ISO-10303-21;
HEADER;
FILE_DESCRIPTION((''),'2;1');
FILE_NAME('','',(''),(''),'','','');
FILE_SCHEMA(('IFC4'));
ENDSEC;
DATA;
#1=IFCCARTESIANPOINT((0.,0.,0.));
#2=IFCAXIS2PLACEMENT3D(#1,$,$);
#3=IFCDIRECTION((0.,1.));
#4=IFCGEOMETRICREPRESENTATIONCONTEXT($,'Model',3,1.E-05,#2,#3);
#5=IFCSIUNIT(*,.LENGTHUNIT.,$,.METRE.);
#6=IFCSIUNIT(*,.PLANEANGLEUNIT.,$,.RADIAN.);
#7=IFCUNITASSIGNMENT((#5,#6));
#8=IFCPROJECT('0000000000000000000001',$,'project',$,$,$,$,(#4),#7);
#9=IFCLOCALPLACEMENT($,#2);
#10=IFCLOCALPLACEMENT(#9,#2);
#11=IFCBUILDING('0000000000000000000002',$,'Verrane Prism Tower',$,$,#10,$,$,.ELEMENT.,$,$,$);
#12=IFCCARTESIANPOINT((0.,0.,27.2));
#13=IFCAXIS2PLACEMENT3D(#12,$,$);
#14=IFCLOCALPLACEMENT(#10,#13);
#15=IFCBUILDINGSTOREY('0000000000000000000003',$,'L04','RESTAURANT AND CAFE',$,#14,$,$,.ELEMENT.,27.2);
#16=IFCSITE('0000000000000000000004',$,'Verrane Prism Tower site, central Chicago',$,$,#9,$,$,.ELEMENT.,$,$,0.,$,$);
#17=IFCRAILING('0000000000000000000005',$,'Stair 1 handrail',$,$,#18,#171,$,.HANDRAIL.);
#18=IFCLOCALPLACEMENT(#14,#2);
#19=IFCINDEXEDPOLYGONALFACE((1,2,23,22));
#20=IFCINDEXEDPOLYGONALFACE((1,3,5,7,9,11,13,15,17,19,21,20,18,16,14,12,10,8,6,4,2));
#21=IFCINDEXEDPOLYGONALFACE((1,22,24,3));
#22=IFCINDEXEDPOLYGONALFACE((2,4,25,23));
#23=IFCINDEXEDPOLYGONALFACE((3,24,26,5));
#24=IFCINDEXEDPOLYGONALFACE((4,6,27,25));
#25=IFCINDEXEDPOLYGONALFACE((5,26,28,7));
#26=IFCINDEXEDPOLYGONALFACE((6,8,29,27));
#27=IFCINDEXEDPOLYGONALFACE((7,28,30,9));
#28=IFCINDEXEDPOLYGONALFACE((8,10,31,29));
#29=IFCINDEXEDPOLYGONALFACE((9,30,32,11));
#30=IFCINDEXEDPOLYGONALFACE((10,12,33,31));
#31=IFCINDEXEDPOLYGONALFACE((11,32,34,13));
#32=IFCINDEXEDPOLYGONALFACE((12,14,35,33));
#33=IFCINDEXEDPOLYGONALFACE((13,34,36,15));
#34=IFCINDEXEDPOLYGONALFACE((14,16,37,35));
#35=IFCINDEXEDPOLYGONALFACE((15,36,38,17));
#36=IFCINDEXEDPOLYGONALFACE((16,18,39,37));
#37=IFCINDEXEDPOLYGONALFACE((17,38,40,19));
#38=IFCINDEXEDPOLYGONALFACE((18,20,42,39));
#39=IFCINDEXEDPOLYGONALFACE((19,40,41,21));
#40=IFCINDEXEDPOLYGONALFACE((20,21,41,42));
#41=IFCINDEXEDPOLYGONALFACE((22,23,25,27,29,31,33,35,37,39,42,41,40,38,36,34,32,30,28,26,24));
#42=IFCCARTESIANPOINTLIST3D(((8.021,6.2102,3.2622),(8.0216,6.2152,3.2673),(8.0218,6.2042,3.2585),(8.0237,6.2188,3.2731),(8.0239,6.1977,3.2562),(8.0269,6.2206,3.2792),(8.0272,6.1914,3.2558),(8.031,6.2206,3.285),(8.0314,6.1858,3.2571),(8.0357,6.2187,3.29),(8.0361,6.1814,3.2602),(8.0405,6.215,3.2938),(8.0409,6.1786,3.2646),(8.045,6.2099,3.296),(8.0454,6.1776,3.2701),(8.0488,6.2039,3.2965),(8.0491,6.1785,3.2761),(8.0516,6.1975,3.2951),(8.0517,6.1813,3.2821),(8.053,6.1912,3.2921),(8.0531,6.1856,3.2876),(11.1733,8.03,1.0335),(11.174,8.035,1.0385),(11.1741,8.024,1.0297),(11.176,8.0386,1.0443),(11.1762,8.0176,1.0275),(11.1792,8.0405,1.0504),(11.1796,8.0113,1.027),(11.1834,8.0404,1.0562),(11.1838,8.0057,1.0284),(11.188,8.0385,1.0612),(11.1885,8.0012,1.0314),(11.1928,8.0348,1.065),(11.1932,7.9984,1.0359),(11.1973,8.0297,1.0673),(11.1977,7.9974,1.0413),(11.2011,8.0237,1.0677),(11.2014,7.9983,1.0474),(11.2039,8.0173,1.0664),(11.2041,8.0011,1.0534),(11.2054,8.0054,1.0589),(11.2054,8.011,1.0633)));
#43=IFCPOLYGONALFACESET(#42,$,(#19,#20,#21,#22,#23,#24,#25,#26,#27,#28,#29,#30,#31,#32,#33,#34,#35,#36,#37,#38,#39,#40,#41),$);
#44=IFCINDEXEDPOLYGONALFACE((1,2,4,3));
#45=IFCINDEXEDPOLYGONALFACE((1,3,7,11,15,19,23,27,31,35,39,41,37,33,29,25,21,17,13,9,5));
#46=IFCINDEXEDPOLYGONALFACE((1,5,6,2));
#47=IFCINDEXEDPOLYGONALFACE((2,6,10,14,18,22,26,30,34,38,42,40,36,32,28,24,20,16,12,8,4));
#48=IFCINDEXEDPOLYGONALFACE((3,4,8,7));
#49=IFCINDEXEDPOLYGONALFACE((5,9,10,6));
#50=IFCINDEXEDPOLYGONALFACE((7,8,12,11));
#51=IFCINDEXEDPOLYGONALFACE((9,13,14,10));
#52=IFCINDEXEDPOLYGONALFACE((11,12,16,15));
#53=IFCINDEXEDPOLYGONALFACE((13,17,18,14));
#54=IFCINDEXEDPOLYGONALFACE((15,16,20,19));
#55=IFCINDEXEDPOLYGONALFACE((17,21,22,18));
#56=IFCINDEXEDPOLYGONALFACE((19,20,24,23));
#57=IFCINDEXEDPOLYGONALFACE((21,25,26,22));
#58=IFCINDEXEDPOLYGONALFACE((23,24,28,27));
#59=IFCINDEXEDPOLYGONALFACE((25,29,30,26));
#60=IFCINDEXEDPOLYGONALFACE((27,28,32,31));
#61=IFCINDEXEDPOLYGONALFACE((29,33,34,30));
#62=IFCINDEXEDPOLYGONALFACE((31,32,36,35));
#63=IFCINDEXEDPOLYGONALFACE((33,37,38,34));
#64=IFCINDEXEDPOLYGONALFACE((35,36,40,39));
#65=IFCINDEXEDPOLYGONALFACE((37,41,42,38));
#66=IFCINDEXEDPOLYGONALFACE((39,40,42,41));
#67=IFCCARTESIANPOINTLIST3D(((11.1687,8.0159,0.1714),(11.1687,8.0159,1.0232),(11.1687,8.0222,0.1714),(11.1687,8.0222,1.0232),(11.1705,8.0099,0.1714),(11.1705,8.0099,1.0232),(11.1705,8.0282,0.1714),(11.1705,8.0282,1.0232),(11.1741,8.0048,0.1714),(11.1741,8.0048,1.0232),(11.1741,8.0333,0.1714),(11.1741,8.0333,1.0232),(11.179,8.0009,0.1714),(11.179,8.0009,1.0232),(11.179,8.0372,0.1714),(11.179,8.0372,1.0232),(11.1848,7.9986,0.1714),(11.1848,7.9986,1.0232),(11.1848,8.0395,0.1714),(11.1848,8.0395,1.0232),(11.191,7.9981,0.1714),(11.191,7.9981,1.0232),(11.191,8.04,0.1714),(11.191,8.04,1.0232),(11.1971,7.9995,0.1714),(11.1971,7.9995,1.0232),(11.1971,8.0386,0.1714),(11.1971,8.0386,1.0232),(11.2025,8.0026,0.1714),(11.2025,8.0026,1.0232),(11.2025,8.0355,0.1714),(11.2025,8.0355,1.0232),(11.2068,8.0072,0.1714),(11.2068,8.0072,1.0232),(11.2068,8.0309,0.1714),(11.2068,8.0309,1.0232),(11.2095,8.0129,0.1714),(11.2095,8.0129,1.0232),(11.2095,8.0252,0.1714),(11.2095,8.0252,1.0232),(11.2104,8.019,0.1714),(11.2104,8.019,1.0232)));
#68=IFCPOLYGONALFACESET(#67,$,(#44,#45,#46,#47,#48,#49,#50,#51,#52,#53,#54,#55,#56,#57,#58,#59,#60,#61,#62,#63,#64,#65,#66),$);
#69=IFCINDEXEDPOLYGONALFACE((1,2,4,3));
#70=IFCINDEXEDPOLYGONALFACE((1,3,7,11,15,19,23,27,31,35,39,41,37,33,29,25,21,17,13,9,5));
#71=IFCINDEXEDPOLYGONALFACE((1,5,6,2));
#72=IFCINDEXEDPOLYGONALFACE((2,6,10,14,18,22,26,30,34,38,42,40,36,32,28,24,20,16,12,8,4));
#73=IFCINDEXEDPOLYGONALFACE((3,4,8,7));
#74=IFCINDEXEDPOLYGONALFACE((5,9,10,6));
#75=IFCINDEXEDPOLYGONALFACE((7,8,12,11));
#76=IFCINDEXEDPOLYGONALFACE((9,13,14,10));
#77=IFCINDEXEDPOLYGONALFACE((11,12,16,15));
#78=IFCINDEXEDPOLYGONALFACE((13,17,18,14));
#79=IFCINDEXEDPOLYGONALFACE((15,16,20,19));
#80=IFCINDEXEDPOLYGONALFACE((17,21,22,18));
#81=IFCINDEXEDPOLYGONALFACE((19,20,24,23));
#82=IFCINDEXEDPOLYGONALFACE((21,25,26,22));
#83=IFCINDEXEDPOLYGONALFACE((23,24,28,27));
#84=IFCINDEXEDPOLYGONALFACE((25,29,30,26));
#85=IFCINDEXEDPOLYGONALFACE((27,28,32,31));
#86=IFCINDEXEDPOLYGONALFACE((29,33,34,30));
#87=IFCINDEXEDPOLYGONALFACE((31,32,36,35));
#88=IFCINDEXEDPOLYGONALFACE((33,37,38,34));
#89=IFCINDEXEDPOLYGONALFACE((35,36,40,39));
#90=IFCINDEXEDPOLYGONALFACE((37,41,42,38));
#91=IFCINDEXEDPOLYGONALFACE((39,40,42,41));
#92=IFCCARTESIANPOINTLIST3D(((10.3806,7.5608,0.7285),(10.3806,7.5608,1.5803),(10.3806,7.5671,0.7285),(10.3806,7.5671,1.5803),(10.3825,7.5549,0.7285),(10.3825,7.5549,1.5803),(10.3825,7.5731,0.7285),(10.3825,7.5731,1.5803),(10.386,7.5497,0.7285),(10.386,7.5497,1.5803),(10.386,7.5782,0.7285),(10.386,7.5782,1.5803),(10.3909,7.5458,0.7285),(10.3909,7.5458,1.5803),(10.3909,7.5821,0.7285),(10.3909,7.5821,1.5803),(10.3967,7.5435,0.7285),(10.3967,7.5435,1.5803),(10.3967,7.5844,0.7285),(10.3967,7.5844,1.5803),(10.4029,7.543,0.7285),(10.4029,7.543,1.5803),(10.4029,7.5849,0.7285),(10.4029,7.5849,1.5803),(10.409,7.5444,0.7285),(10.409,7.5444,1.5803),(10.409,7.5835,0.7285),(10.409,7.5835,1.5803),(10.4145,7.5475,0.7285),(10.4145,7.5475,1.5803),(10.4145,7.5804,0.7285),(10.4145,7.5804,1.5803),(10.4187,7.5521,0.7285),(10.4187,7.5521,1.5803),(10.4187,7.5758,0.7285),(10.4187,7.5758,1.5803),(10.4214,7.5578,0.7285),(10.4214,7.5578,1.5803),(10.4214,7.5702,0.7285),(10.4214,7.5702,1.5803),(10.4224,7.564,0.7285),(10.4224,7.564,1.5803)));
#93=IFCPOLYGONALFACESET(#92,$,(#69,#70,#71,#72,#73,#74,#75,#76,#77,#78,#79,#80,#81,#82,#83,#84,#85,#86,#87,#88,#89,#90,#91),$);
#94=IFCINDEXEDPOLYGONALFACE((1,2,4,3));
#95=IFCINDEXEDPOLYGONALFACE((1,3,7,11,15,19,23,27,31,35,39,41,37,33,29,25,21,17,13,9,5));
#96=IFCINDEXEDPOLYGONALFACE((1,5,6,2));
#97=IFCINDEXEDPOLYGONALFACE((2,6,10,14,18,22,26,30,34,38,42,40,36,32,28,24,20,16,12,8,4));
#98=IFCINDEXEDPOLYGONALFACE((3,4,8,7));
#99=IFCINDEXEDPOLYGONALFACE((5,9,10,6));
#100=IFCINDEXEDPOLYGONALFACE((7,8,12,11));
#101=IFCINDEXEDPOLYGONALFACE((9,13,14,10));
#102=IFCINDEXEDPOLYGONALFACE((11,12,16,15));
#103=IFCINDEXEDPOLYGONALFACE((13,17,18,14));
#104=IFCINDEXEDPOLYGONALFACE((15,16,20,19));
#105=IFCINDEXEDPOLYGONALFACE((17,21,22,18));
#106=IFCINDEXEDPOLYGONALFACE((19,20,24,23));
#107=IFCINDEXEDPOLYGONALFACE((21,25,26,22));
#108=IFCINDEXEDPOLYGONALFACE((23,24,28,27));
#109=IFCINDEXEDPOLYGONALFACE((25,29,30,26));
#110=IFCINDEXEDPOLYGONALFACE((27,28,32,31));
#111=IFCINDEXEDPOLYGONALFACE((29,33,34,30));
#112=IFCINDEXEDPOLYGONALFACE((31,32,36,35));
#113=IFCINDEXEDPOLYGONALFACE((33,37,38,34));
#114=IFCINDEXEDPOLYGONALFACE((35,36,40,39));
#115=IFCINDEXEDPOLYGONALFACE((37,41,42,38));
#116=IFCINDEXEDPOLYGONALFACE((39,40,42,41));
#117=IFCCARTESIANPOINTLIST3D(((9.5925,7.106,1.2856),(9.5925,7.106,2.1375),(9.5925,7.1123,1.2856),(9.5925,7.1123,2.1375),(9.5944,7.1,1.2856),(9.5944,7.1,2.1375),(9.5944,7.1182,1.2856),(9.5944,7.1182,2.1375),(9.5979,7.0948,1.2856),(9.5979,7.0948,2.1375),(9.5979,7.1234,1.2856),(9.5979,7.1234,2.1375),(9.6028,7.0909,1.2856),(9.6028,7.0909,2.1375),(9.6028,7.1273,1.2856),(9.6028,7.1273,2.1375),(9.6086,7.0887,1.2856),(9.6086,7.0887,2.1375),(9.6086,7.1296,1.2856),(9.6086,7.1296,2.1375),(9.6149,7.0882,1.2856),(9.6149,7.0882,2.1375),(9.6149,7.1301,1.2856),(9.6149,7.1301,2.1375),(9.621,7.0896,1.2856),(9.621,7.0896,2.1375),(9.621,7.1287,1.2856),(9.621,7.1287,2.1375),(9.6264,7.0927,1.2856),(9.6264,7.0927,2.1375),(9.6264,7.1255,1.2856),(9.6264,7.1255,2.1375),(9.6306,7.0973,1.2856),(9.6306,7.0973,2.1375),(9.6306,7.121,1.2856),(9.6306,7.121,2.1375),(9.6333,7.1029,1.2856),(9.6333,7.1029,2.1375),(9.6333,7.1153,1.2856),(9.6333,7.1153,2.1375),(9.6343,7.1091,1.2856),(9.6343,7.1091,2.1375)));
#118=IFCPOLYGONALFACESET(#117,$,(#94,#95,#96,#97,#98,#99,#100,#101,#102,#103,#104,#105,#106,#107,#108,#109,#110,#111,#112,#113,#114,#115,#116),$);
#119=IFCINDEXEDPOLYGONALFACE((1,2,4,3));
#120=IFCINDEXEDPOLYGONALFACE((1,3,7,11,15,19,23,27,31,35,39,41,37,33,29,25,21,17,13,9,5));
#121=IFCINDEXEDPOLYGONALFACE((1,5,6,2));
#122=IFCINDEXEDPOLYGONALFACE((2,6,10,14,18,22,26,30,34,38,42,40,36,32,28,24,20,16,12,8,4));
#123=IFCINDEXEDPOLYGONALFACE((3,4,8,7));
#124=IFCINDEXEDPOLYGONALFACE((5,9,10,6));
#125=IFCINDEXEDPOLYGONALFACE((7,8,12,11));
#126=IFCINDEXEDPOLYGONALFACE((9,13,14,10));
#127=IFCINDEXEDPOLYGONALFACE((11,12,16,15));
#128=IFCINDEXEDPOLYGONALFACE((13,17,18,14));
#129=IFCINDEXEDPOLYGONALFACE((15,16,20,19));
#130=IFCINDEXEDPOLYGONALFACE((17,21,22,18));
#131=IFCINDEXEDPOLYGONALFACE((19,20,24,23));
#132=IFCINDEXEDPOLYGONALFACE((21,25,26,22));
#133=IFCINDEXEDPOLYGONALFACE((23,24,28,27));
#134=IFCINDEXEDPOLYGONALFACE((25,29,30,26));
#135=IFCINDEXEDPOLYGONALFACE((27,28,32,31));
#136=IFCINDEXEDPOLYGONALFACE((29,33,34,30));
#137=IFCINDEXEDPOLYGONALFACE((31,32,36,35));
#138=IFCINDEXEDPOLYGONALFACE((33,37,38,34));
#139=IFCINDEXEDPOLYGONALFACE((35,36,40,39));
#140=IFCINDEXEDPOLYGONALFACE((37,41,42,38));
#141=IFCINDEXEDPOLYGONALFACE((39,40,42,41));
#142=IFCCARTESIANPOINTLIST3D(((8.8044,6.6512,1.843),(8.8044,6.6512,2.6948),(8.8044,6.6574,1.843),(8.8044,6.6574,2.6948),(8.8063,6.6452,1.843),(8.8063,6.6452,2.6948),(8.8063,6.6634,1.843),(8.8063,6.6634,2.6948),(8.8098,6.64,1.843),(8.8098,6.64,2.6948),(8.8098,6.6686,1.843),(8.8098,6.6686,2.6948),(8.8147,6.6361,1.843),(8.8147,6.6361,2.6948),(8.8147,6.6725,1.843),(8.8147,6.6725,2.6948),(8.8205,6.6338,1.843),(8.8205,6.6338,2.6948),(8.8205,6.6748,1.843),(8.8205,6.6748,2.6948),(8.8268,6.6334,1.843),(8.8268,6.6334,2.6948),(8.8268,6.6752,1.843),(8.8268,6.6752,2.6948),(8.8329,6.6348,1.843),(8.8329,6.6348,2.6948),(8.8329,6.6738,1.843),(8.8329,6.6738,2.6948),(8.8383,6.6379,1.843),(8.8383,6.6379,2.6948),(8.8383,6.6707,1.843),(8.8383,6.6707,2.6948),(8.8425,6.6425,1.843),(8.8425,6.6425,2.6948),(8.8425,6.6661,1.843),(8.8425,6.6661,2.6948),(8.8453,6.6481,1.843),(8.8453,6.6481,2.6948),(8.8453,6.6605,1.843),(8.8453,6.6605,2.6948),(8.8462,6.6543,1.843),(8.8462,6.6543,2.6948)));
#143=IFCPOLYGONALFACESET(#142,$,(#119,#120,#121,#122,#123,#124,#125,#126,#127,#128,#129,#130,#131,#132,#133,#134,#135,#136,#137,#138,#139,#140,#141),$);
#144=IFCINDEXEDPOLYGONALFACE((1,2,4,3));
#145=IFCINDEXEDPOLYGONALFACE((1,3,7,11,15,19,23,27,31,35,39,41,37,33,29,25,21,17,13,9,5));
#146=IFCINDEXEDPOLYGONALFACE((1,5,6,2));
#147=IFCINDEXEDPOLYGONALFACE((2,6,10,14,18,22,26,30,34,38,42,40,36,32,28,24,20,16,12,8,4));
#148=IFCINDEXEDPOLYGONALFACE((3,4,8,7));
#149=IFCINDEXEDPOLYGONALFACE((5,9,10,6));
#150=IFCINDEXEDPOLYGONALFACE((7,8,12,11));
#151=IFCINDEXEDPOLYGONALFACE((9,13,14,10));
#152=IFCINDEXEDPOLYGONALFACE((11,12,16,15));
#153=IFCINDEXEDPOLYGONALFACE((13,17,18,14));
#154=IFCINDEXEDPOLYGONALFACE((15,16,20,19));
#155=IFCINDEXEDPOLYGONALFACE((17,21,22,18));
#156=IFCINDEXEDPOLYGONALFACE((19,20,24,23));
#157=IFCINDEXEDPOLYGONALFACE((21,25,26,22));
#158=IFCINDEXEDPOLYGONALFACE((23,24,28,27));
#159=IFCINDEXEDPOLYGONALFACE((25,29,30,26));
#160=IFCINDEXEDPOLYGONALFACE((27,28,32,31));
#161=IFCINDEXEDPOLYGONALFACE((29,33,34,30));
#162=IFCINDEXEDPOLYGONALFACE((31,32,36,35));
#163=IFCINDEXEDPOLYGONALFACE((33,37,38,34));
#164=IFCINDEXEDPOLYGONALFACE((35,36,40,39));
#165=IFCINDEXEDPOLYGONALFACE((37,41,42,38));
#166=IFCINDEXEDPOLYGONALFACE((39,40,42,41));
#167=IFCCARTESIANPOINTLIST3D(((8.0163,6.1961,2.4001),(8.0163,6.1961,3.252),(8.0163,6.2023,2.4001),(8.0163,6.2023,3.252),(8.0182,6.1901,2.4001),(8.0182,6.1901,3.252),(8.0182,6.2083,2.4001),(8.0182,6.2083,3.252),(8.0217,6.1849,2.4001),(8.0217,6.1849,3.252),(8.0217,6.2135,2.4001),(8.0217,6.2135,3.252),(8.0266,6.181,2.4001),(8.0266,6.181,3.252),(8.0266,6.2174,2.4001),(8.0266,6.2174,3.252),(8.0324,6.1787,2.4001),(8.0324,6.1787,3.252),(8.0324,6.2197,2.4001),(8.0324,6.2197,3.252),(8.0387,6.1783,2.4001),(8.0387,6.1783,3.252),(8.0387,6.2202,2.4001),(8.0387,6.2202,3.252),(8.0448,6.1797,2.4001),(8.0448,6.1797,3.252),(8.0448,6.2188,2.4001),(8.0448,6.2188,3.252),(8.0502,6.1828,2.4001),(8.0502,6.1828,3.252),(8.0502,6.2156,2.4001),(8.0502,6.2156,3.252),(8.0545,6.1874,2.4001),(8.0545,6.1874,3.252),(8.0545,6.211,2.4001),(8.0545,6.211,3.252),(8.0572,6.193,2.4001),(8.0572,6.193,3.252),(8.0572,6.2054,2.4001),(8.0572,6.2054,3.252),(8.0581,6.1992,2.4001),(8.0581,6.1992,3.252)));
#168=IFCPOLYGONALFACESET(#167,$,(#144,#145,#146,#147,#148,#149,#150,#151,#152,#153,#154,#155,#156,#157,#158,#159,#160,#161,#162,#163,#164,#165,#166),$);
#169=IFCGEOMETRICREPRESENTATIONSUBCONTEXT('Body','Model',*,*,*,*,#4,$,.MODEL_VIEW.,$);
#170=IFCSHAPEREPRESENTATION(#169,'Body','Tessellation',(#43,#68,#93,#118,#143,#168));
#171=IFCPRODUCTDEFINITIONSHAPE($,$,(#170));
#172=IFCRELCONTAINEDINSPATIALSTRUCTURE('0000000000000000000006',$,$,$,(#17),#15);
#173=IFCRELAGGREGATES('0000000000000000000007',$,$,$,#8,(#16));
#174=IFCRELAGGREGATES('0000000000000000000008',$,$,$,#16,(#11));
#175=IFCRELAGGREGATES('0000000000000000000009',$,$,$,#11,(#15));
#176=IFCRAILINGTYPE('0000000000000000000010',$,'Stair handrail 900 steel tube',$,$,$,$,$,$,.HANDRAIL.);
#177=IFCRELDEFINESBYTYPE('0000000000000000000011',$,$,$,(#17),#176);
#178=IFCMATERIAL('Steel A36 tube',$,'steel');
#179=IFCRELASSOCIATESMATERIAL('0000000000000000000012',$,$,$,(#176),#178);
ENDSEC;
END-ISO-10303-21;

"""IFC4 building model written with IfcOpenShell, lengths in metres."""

from ifc_helpers import new_model, si_unit, direction, frame, origin, origin_2d, place, context, subcontext, project, spatial, circle, extrude, material, type_object, element, save


model = new_model("IFC4")

# Units and contexts
model_context = context("Model", 3, precision=1e-05, world=origin(), true_north=direction((0.0, 1.0)))
body_context = subcontext(model_context, "Body", "Model", "MODEL_VIEW")
ifc_project = project(units=[si_unit("LENGTHUNIT", "METRE"), si_unit("PLANEANGLEUNIT", "RADIAN")], contexts=[model_context])

# Site, building, storey
site_placement = place(None, origin())
site = spatial("IfcSite", under=ifc_project, at=site_placement, Name="Verrane Prism Tower site, central Chicago", CompositionType="ELEMENT", RefElevation=0.0)
building_placement = place(site_placement, origin())
building = spatial("IfcBuilding", under=site, at=building_placement, Name="Verrane Prism Tower", CompositionType="ELEMENT")
storey_placement = place(building_placement, frame((0.0, 0.0, 27.2)))
storey = spatial("IfcBuildingStorey", under=building, at=storey_placement, Name="L04", Description="RESTAURANT AND CAFE", CompositionType="ELEMENT", Elevation=27.2)

# Railing
ifc_material_1 = material(Name="Steel A36 tube", Category="steel")
railing_type_1 = type_object("IfcRailingType", Name="Stair handrail 900 steel tube", PredefinedType="HANDRAIL", material=ifc_material_1)
railing_1_placement = place(storey_placement, frame((11.1895, 8.019, 0.1714)))
element("IfcRailing", 1, at=railing_1_placement, inside=storey, type_object=railing_type_1, Name="Stair 1 handrail", PredefinedType="HANDRAIL", context=body_context, shape_type="SweptSolid", body=[
    extrude(circle(Radius=0.0239, at=origin_2d()), frame((0.0, 0.0, 0.876), z_axis=(-0.738588, -0.426381, 0.522194), x_axis=(0.499962, -0.866047, 0.0)), (0.0, 0.0, 1.0), 4.2681),
    extrude(circle(Radius=0.021, at=origin_2d()), origin(), (0.0, 0.0, 1.0), 0.8518),
    extrude(circle(Radius=0.021, at=origin_2d()), frame((-0.7881, -0.4551, 0.5571)), (0.0, 0.0, 1.0), 0.8518),
    extrude(circle(Radius=0.021, at=origin_2d()), frame((-1.5762, -0.9099, 1.1143)), (0.0, 0.0, 1.0), 0.8518),
    extrude(circle(Radius=0.021, at=origin_2d()), frame((-2.3643, -1.3647, 1.6716)), (0.0, 0.0, 1.0), 0.8518),
    extrude(circle(Radius=0.021, at=origin_2d()), frame((-3.1523, -1.8198, 2.2288)), (0.0, 0.0, 1.0), 0.8518),
])

save(model, "model.ifc")
